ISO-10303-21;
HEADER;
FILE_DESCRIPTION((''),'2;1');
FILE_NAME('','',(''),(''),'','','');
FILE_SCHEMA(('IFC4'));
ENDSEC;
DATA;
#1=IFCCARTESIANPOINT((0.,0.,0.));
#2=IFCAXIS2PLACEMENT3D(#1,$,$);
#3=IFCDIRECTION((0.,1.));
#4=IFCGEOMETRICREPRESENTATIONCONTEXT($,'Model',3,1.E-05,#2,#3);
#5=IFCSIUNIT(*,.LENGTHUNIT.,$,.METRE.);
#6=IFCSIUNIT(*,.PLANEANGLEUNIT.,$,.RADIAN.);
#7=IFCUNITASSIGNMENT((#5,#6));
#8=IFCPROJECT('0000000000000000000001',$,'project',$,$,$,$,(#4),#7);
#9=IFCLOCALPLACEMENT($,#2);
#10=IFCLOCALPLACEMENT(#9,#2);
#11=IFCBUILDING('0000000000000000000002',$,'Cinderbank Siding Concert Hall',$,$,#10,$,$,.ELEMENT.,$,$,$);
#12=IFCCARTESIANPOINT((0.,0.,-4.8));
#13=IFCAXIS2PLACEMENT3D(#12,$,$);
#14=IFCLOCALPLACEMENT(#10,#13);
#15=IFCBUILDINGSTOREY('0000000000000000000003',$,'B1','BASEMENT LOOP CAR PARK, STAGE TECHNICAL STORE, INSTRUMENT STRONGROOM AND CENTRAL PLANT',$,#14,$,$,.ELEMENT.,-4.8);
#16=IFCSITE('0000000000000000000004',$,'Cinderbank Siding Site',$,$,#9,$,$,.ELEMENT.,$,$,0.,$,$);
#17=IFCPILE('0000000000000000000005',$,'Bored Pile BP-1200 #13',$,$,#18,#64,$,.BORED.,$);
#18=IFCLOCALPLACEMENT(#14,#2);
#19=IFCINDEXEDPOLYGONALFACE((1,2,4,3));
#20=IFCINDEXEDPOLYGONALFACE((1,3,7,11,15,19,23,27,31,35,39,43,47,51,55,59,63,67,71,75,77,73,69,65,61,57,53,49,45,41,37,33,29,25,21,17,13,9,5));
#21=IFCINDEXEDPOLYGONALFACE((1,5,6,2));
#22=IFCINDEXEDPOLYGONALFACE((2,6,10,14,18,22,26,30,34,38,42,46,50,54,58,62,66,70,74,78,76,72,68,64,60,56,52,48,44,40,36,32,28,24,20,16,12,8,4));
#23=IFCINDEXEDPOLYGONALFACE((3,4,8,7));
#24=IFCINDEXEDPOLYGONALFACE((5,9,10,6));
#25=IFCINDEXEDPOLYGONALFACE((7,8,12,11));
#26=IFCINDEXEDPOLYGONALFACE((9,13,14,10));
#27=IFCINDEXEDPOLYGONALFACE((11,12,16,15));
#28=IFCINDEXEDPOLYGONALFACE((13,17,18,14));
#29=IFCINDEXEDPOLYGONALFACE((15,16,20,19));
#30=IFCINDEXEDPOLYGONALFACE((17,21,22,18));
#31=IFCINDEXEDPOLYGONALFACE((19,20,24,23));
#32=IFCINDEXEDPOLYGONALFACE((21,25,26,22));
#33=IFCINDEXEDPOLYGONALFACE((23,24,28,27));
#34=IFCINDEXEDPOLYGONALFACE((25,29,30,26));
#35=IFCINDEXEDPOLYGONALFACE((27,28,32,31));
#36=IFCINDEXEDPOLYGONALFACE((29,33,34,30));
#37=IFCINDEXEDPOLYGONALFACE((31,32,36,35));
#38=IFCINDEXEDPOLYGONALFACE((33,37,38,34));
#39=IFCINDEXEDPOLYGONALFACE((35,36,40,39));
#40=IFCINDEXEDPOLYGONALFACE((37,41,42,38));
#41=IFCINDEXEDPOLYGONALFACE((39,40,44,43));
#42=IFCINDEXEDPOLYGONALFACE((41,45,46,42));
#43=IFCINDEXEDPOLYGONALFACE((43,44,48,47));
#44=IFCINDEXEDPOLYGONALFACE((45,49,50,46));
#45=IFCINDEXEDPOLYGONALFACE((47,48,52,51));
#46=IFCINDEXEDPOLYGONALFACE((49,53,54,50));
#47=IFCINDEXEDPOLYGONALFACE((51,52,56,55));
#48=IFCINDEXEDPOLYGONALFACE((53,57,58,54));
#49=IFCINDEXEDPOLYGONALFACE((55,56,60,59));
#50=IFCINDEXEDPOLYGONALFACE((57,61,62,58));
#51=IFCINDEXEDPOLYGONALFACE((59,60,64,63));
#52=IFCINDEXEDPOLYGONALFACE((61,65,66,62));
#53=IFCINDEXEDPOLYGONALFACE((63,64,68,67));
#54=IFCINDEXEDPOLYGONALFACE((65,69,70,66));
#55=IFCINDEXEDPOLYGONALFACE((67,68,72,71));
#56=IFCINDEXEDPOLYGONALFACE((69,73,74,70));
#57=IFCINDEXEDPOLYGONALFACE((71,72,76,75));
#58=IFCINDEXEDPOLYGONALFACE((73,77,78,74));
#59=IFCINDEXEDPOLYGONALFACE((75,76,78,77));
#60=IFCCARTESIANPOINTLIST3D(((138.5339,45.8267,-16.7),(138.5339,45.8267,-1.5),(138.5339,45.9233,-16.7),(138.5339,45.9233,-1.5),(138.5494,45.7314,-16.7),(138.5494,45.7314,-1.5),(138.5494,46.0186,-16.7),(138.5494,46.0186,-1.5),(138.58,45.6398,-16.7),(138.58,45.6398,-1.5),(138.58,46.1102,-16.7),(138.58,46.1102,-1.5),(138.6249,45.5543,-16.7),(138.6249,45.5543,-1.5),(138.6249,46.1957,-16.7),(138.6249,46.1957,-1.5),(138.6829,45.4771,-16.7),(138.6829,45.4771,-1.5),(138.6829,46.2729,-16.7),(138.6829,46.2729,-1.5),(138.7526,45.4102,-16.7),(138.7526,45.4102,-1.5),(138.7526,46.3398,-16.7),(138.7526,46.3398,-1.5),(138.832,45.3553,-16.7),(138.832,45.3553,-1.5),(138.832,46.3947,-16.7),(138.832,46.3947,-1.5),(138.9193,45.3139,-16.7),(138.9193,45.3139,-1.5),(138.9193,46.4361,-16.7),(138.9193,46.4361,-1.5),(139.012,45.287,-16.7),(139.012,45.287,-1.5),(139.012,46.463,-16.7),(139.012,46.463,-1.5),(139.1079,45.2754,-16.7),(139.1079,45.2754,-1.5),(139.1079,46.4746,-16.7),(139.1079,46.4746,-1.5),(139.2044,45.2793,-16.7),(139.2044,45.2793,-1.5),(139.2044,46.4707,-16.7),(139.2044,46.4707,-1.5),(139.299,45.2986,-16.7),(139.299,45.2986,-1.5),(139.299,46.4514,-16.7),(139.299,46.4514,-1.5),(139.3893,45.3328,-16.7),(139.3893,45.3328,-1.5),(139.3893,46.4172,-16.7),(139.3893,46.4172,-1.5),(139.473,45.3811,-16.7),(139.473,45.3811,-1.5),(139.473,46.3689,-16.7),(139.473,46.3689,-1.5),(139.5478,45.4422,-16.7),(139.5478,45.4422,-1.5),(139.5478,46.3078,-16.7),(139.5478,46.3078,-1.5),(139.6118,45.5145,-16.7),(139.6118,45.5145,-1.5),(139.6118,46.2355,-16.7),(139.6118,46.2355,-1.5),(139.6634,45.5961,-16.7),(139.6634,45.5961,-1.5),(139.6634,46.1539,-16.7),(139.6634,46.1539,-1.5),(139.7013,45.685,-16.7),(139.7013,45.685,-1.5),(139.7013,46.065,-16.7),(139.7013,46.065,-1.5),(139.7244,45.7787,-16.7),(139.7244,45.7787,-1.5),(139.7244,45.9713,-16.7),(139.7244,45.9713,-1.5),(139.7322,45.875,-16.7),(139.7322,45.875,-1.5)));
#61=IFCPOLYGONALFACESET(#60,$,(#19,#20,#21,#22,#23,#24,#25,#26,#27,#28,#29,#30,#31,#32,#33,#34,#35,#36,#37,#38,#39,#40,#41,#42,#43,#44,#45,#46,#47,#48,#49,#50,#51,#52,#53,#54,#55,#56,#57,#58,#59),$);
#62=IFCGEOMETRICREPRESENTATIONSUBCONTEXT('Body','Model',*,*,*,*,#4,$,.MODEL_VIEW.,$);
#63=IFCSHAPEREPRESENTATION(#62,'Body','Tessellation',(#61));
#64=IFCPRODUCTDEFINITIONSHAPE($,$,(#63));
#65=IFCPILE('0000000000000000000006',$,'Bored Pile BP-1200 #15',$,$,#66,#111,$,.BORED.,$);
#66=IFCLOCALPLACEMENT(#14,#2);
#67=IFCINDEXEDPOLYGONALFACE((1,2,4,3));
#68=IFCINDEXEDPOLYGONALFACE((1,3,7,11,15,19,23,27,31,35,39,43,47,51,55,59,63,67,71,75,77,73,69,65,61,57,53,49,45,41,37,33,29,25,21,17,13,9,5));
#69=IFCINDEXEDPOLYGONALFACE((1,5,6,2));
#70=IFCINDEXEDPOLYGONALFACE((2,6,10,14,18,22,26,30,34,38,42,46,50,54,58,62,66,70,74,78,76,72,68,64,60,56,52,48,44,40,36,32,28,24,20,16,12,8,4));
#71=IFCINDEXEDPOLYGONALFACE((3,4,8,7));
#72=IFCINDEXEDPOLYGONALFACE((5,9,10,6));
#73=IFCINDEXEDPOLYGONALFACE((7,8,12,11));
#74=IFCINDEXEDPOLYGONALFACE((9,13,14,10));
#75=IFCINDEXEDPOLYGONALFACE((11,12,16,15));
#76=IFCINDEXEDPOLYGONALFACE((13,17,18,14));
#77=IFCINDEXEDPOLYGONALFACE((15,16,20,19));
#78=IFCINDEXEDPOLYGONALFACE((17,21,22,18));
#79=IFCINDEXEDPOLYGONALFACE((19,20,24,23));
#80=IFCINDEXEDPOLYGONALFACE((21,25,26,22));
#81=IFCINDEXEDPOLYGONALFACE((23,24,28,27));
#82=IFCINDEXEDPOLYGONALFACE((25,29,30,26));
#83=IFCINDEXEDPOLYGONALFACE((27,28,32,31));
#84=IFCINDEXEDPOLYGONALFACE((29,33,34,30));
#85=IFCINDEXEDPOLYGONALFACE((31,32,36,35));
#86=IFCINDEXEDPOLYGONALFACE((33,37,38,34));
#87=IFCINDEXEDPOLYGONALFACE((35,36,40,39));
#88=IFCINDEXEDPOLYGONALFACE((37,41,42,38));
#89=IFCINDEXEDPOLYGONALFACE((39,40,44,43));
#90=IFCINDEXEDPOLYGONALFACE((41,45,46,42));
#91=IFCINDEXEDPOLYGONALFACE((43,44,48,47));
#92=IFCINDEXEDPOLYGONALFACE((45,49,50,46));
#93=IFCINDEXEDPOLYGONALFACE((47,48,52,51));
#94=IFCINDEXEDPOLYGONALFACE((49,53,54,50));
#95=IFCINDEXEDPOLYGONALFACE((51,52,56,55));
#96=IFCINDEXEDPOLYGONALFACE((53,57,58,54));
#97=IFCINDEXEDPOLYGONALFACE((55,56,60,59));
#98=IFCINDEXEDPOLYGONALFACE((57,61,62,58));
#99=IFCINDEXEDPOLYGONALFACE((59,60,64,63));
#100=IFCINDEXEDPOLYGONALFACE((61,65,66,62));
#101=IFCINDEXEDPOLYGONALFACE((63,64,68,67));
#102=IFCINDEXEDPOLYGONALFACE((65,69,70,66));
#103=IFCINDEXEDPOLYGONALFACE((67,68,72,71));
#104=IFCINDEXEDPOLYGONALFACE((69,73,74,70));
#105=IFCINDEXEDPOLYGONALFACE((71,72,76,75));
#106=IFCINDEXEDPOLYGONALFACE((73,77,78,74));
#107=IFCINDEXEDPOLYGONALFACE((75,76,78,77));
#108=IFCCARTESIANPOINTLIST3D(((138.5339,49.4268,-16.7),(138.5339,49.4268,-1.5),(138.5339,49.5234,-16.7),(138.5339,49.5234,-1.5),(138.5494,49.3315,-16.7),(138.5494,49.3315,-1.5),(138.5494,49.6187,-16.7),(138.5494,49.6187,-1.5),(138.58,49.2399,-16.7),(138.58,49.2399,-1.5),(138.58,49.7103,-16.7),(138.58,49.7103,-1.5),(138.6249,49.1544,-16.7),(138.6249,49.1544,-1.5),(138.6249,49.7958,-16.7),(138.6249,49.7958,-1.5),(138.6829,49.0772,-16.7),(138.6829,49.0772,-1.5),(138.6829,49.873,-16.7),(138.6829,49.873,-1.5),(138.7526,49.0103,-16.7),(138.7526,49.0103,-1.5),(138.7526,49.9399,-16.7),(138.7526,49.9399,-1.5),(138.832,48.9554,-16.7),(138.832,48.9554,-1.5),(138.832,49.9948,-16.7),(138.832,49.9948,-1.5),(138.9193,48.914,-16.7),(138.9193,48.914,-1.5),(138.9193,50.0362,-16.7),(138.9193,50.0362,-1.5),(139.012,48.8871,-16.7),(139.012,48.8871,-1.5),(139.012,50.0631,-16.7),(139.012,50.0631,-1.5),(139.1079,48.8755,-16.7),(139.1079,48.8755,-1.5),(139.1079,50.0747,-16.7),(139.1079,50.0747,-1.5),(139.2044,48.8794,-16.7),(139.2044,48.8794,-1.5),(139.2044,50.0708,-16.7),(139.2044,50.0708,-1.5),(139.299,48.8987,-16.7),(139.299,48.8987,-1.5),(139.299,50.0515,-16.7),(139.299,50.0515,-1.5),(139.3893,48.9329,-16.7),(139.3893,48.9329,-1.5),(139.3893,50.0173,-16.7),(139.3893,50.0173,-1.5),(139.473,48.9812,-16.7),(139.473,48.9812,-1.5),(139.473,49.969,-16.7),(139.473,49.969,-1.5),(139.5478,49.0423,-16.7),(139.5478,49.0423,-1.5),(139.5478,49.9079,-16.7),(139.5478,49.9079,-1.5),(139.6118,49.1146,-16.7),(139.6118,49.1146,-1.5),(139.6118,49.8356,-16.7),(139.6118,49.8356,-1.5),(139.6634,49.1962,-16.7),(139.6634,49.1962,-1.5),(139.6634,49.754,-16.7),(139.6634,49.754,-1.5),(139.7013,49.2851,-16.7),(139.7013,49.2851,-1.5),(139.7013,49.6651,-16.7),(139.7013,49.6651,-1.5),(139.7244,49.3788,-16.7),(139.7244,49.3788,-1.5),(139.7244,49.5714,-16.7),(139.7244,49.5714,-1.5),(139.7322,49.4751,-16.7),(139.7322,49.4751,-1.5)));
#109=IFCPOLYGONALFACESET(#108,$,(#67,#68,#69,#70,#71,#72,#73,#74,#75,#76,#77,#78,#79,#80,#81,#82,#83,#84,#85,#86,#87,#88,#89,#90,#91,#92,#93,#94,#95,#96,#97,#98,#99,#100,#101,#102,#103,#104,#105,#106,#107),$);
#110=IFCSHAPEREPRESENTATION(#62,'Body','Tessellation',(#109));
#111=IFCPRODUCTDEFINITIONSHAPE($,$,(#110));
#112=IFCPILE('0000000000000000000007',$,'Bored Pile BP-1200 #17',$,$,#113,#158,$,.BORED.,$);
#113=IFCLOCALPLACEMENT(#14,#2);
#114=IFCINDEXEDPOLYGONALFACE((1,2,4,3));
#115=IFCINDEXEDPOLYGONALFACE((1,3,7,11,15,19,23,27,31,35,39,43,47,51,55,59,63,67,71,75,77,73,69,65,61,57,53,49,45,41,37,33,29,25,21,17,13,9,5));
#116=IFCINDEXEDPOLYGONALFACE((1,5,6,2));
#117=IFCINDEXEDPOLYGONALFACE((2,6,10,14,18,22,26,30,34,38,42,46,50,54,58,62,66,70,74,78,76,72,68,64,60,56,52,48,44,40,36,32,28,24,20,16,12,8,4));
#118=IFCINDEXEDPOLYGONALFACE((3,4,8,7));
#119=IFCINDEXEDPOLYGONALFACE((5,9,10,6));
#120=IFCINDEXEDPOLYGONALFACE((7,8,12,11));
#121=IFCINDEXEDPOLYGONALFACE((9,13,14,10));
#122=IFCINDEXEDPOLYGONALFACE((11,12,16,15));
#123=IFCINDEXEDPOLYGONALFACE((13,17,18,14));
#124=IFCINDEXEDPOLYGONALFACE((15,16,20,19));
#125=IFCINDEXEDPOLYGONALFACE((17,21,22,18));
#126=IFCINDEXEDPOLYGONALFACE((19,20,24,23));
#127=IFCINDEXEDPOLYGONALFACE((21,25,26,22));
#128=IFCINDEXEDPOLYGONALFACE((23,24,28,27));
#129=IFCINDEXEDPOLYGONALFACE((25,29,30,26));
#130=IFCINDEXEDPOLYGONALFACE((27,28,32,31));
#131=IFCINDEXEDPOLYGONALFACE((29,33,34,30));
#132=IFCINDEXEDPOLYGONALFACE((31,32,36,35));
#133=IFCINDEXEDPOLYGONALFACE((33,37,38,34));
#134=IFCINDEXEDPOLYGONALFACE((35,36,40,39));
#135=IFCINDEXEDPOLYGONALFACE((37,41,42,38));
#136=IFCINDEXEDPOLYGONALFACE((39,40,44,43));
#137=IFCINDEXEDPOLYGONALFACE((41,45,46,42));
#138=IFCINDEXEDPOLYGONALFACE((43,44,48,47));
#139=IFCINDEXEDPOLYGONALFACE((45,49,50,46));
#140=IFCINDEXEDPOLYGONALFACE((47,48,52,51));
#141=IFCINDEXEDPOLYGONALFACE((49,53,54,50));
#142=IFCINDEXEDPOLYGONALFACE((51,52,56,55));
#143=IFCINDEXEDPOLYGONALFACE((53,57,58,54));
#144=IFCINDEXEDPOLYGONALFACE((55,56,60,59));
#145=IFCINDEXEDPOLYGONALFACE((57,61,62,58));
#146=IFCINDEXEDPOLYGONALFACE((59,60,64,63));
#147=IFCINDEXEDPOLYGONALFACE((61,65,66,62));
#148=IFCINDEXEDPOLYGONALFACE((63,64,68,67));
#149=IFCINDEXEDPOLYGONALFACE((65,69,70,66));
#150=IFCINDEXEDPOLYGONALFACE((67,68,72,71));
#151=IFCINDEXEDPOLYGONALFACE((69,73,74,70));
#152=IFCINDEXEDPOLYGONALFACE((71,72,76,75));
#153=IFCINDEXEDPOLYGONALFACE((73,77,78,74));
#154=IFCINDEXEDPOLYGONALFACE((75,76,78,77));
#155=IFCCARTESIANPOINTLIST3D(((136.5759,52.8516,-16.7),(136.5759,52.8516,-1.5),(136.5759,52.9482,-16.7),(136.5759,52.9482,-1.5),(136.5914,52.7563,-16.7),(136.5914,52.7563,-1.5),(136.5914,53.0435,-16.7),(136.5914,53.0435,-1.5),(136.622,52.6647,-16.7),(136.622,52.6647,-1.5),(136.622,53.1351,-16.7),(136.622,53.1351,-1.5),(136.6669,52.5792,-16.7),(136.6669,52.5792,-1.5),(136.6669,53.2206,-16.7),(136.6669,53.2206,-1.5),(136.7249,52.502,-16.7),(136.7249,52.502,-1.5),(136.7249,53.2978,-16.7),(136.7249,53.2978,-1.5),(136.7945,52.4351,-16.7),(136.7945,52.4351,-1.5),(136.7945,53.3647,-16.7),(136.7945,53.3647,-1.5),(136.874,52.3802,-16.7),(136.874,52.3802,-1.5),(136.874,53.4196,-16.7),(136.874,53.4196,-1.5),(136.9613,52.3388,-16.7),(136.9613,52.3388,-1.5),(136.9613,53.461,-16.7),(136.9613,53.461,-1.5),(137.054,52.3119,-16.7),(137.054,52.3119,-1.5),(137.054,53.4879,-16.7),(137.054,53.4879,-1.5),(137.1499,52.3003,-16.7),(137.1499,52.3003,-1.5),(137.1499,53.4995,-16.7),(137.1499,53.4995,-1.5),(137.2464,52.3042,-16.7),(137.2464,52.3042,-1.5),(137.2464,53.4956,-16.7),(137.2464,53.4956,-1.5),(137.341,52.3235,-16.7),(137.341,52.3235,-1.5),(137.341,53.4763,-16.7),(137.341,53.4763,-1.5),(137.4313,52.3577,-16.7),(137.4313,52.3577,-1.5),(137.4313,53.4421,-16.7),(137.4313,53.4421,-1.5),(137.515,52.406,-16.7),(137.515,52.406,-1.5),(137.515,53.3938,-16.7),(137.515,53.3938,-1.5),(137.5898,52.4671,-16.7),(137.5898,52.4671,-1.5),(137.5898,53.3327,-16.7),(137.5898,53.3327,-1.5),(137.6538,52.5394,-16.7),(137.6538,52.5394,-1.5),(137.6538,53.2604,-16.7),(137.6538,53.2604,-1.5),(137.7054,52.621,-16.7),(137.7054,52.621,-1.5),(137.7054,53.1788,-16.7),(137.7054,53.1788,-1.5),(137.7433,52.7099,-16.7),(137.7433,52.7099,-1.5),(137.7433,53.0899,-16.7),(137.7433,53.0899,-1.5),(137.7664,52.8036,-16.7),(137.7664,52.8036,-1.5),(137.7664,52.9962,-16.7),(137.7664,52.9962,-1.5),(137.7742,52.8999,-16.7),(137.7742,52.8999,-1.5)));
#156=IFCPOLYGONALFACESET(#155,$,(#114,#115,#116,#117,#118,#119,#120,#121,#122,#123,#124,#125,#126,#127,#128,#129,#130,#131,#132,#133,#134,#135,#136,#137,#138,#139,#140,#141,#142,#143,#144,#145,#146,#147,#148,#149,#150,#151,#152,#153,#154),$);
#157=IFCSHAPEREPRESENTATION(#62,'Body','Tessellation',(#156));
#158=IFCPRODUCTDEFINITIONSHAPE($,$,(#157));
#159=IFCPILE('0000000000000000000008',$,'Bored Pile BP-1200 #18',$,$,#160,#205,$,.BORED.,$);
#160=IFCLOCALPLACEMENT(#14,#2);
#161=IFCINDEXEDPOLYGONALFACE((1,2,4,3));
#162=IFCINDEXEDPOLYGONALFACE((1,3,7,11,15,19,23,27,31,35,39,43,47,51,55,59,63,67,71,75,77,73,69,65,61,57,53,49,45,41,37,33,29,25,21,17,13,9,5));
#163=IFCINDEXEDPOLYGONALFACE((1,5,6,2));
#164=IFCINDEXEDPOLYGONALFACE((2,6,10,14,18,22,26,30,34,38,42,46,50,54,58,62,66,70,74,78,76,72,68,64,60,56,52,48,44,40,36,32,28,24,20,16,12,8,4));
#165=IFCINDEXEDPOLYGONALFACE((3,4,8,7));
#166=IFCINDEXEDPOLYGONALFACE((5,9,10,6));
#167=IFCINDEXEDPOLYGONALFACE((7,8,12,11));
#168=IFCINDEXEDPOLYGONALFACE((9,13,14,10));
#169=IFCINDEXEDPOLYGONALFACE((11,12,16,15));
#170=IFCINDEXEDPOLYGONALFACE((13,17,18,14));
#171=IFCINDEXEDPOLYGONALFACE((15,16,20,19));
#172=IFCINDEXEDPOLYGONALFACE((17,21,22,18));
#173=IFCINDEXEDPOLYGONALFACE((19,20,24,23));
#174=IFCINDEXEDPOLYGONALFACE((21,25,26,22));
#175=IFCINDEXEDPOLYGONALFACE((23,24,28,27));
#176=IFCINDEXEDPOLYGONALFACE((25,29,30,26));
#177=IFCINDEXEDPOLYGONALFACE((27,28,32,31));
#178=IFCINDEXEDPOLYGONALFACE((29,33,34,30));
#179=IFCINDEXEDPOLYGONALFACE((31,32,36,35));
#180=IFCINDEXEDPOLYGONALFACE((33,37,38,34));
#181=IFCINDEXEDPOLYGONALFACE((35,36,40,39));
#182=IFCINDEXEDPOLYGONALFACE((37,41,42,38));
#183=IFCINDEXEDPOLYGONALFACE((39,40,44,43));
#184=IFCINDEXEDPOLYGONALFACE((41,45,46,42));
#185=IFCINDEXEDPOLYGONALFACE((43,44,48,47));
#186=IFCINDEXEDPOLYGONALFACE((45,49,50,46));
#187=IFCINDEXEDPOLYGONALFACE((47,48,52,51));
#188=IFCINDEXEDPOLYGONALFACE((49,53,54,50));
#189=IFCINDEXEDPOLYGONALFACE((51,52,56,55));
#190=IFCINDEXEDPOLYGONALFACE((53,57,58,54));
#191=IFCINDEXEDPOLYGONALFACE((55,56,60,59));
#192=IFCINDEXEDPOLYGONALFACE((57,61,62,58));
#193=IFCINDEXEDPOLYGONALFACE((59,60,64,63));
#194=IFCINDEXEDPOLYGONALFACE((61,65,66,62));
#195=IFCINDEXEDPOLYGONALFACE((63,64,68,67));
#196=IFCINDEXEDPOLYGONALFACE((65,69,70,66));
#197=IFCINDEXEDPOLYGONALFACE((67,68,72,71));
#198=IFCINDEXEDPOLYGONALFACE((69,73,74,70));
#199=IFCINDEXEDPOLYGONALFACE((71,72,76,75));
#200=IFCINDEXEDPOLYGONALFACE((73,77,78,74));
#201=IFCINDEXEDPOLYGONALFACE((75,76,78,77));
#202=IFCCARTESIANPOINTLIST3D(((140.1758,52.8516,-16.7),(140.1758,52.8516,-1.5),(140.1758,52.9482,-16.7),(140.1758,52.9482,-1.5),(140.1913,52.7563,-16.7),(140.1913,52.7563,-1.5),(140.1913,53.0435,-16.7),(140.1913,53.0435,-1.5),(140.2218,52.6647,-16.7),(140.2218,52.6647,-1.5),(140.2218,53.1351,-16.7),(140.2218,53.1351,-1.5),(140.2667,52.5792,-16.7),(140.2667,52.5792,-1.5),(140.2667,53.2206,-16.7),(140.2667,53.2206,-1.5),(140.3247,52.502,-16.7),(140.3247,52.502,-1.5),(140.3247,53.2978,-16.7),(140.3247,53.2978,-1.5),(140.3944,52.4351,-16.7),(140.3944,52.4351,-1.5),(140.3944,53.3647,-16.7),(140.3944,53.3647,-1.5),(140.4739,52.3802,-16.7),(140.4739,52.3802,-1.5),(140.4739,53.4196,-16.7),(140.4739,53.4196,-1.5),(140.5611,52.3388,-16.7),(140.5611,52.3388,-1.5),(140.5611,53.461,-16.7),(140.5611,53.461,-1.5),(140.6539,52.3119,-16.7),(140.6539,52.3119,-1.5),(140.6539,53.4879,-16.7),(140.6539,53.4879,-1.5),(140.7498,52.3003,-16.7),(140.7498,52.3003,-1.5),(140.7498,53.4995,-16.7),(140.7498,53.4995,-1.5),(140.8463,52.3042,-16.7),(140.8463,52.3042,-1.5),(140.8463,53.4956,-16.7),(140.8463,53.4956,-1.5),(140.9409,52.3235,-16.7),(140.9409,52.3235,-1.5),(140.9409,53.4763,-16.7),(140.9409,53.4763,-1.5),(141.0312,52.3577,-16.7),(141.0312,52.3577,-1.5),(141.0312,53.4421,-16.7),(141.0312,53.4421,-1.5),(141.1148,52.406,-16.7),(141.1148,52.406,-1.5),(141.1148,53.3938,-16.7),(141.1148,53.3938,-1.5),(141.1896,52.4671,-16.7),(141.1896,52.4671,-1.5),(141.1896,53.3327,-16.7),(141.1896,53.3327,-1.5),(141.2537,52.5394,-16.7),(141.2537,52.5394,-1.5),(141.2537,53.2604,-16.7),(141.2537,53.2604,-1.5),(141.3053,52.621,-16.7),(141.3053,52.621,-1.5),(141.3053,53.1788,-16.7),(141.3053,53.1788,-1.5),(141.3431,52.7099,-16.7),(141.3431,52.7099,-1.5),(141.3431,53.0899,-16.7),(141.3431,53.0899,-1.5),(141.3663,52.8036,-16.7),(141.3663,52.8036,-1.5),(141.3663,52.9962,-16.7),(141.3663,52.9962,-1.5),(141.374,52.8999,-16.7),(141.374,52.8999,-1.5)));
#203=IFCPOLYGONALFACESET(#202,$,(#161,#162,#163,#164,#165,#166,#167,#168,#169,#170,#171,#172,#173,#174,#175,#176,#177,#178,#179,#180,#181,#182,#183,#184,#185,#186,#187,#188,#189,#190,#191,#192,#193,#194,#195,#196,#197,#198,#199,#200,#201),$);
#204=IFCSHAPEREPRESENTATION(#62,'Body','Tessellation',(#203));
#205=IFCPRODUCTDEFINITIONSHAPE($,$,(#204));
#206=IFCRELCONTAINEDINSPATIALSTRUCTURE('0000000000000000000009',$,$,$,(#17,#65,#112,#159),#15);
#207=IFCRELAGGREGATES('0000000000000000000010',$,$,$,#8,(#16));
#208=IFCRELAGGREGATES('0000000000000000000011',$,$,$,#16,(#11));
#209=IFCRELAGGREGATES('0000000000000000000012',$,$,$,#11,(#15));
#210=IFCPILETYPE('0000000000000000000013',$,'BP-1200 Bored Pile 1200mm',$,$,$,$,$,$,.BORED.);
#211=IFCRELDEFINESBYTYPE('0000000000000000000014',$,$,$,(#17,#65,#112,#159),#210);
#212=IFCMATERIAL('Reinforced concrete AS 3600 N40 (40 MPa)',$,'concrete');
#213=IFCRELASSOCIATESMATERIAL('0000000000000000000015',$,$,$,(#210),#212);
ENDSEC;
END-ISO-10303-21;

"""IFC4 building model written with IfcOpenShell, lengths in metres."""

from ifc_helpers import new_model, si_unit, direction, frame, origin, origin_2d, place, context, subcontext, project, spatial, circle, extrude, material, material_profile, profile_set, type_object, element, save


model = new_model("IFC4")

# Units and contexts
model_context = context("Model", 3, precision=1e-05, world=origin(), true_north=direction((0.0, 1.0)))
body_context = subcontext(model_context, "Body", "Model", "MODEL_VIEW")
ifc_project = project(units=[si_unit("LENGTHUNIT", "METRE"), si_unit("PLANEANGLEUNIT", "RADIAN")], contexts=[model_context])

# Site, building, storey
site_placement = place(None, origin())
site = spatial("IfcSite", under=ifc_project, at=site_placement, Name="Cinderbank Siding Site", CompositionType="ELEMENT", RefElevation=0.0)
building_placement = place(site_placement, origin())
building = spatial("IfcBuilding", under=site, at=building_placement, Name="Cinderbank Siding Concert Hall", CompositionType="ELEMENT")
storey_placement = place(building_placement, frame((0.0, 0.0, -4.8)))
storey = spatial("IfcBuildingStorey", under=building, at=storey_placement, Name="B1", Description="BASEMENT LOOP CAR PARK, STAGE TECHNICAL STORE, INSTRUMENT STRONGROOM AND CENTRAL PLANT", CompositionType="ELEMENT", Elevation=-4.8)

# Piles
ifc_material_1 = material(Name="Reinforced concrete AS 3600 N40 (40 MPa)", Category="concrete")
ifc_material_profile_1 = material_profile(ifc_material_1, circle(Radius=0.6001, at=origin_2d()), Name="PILE-1200DIA", Category="LoadBearing")
ifc_profile_set_1 = profile_set([ifc_material_profile_1], Name="Reinforced concrete AS 3600 N40 (40 MPa)")
pile_type = type_object("IfcPileType", Name="BP-1200 Bored Pile 1200mm", PredefinedType="BORED", material=ifc_profile_set_1)
for number, where, z_axis, x_axis, name in (
    (1, (139.1321, 45.875, -1.5), (0.0, 0.0, -1.0), (1.0, 0.0, 0.0), "Bored Pile BP-1200 #13"),
    (2, (139.1321, 49.4751, -1.5), (0.0, 0.0, -1.0), (1.0, 0.0, 0.0), "Bored Pile BP-1200 #15"),
    (3, (137.1741, 52.8999, -1.5), (0.0, 0.0, -1.0), (1.0, 0.0, 0.0), "Bored Pile BP-1200 #17"),
    (4, (140.7739, 52.8999, -1.5), (0.0, 0.0, -1.0), (1.0, 0.0, 0.0), "Bored Pile BP-1200 #18"),
):
    element("IfcPile", number, at=place(storey_placement, frame(where, z_axis=z_axis, x_axis=x_axis)), inside=storey, type_object=pile_type, Name=name, PredefinedType="BORED", context=body_context, shape_type="SweptSolid", body=[
        extrude(circle(Radius=0.6001, at=origin_2d()), origin(), (0.0, 0.0, 1.0), 15.2),
    ])

save(model, "model.ifc")
